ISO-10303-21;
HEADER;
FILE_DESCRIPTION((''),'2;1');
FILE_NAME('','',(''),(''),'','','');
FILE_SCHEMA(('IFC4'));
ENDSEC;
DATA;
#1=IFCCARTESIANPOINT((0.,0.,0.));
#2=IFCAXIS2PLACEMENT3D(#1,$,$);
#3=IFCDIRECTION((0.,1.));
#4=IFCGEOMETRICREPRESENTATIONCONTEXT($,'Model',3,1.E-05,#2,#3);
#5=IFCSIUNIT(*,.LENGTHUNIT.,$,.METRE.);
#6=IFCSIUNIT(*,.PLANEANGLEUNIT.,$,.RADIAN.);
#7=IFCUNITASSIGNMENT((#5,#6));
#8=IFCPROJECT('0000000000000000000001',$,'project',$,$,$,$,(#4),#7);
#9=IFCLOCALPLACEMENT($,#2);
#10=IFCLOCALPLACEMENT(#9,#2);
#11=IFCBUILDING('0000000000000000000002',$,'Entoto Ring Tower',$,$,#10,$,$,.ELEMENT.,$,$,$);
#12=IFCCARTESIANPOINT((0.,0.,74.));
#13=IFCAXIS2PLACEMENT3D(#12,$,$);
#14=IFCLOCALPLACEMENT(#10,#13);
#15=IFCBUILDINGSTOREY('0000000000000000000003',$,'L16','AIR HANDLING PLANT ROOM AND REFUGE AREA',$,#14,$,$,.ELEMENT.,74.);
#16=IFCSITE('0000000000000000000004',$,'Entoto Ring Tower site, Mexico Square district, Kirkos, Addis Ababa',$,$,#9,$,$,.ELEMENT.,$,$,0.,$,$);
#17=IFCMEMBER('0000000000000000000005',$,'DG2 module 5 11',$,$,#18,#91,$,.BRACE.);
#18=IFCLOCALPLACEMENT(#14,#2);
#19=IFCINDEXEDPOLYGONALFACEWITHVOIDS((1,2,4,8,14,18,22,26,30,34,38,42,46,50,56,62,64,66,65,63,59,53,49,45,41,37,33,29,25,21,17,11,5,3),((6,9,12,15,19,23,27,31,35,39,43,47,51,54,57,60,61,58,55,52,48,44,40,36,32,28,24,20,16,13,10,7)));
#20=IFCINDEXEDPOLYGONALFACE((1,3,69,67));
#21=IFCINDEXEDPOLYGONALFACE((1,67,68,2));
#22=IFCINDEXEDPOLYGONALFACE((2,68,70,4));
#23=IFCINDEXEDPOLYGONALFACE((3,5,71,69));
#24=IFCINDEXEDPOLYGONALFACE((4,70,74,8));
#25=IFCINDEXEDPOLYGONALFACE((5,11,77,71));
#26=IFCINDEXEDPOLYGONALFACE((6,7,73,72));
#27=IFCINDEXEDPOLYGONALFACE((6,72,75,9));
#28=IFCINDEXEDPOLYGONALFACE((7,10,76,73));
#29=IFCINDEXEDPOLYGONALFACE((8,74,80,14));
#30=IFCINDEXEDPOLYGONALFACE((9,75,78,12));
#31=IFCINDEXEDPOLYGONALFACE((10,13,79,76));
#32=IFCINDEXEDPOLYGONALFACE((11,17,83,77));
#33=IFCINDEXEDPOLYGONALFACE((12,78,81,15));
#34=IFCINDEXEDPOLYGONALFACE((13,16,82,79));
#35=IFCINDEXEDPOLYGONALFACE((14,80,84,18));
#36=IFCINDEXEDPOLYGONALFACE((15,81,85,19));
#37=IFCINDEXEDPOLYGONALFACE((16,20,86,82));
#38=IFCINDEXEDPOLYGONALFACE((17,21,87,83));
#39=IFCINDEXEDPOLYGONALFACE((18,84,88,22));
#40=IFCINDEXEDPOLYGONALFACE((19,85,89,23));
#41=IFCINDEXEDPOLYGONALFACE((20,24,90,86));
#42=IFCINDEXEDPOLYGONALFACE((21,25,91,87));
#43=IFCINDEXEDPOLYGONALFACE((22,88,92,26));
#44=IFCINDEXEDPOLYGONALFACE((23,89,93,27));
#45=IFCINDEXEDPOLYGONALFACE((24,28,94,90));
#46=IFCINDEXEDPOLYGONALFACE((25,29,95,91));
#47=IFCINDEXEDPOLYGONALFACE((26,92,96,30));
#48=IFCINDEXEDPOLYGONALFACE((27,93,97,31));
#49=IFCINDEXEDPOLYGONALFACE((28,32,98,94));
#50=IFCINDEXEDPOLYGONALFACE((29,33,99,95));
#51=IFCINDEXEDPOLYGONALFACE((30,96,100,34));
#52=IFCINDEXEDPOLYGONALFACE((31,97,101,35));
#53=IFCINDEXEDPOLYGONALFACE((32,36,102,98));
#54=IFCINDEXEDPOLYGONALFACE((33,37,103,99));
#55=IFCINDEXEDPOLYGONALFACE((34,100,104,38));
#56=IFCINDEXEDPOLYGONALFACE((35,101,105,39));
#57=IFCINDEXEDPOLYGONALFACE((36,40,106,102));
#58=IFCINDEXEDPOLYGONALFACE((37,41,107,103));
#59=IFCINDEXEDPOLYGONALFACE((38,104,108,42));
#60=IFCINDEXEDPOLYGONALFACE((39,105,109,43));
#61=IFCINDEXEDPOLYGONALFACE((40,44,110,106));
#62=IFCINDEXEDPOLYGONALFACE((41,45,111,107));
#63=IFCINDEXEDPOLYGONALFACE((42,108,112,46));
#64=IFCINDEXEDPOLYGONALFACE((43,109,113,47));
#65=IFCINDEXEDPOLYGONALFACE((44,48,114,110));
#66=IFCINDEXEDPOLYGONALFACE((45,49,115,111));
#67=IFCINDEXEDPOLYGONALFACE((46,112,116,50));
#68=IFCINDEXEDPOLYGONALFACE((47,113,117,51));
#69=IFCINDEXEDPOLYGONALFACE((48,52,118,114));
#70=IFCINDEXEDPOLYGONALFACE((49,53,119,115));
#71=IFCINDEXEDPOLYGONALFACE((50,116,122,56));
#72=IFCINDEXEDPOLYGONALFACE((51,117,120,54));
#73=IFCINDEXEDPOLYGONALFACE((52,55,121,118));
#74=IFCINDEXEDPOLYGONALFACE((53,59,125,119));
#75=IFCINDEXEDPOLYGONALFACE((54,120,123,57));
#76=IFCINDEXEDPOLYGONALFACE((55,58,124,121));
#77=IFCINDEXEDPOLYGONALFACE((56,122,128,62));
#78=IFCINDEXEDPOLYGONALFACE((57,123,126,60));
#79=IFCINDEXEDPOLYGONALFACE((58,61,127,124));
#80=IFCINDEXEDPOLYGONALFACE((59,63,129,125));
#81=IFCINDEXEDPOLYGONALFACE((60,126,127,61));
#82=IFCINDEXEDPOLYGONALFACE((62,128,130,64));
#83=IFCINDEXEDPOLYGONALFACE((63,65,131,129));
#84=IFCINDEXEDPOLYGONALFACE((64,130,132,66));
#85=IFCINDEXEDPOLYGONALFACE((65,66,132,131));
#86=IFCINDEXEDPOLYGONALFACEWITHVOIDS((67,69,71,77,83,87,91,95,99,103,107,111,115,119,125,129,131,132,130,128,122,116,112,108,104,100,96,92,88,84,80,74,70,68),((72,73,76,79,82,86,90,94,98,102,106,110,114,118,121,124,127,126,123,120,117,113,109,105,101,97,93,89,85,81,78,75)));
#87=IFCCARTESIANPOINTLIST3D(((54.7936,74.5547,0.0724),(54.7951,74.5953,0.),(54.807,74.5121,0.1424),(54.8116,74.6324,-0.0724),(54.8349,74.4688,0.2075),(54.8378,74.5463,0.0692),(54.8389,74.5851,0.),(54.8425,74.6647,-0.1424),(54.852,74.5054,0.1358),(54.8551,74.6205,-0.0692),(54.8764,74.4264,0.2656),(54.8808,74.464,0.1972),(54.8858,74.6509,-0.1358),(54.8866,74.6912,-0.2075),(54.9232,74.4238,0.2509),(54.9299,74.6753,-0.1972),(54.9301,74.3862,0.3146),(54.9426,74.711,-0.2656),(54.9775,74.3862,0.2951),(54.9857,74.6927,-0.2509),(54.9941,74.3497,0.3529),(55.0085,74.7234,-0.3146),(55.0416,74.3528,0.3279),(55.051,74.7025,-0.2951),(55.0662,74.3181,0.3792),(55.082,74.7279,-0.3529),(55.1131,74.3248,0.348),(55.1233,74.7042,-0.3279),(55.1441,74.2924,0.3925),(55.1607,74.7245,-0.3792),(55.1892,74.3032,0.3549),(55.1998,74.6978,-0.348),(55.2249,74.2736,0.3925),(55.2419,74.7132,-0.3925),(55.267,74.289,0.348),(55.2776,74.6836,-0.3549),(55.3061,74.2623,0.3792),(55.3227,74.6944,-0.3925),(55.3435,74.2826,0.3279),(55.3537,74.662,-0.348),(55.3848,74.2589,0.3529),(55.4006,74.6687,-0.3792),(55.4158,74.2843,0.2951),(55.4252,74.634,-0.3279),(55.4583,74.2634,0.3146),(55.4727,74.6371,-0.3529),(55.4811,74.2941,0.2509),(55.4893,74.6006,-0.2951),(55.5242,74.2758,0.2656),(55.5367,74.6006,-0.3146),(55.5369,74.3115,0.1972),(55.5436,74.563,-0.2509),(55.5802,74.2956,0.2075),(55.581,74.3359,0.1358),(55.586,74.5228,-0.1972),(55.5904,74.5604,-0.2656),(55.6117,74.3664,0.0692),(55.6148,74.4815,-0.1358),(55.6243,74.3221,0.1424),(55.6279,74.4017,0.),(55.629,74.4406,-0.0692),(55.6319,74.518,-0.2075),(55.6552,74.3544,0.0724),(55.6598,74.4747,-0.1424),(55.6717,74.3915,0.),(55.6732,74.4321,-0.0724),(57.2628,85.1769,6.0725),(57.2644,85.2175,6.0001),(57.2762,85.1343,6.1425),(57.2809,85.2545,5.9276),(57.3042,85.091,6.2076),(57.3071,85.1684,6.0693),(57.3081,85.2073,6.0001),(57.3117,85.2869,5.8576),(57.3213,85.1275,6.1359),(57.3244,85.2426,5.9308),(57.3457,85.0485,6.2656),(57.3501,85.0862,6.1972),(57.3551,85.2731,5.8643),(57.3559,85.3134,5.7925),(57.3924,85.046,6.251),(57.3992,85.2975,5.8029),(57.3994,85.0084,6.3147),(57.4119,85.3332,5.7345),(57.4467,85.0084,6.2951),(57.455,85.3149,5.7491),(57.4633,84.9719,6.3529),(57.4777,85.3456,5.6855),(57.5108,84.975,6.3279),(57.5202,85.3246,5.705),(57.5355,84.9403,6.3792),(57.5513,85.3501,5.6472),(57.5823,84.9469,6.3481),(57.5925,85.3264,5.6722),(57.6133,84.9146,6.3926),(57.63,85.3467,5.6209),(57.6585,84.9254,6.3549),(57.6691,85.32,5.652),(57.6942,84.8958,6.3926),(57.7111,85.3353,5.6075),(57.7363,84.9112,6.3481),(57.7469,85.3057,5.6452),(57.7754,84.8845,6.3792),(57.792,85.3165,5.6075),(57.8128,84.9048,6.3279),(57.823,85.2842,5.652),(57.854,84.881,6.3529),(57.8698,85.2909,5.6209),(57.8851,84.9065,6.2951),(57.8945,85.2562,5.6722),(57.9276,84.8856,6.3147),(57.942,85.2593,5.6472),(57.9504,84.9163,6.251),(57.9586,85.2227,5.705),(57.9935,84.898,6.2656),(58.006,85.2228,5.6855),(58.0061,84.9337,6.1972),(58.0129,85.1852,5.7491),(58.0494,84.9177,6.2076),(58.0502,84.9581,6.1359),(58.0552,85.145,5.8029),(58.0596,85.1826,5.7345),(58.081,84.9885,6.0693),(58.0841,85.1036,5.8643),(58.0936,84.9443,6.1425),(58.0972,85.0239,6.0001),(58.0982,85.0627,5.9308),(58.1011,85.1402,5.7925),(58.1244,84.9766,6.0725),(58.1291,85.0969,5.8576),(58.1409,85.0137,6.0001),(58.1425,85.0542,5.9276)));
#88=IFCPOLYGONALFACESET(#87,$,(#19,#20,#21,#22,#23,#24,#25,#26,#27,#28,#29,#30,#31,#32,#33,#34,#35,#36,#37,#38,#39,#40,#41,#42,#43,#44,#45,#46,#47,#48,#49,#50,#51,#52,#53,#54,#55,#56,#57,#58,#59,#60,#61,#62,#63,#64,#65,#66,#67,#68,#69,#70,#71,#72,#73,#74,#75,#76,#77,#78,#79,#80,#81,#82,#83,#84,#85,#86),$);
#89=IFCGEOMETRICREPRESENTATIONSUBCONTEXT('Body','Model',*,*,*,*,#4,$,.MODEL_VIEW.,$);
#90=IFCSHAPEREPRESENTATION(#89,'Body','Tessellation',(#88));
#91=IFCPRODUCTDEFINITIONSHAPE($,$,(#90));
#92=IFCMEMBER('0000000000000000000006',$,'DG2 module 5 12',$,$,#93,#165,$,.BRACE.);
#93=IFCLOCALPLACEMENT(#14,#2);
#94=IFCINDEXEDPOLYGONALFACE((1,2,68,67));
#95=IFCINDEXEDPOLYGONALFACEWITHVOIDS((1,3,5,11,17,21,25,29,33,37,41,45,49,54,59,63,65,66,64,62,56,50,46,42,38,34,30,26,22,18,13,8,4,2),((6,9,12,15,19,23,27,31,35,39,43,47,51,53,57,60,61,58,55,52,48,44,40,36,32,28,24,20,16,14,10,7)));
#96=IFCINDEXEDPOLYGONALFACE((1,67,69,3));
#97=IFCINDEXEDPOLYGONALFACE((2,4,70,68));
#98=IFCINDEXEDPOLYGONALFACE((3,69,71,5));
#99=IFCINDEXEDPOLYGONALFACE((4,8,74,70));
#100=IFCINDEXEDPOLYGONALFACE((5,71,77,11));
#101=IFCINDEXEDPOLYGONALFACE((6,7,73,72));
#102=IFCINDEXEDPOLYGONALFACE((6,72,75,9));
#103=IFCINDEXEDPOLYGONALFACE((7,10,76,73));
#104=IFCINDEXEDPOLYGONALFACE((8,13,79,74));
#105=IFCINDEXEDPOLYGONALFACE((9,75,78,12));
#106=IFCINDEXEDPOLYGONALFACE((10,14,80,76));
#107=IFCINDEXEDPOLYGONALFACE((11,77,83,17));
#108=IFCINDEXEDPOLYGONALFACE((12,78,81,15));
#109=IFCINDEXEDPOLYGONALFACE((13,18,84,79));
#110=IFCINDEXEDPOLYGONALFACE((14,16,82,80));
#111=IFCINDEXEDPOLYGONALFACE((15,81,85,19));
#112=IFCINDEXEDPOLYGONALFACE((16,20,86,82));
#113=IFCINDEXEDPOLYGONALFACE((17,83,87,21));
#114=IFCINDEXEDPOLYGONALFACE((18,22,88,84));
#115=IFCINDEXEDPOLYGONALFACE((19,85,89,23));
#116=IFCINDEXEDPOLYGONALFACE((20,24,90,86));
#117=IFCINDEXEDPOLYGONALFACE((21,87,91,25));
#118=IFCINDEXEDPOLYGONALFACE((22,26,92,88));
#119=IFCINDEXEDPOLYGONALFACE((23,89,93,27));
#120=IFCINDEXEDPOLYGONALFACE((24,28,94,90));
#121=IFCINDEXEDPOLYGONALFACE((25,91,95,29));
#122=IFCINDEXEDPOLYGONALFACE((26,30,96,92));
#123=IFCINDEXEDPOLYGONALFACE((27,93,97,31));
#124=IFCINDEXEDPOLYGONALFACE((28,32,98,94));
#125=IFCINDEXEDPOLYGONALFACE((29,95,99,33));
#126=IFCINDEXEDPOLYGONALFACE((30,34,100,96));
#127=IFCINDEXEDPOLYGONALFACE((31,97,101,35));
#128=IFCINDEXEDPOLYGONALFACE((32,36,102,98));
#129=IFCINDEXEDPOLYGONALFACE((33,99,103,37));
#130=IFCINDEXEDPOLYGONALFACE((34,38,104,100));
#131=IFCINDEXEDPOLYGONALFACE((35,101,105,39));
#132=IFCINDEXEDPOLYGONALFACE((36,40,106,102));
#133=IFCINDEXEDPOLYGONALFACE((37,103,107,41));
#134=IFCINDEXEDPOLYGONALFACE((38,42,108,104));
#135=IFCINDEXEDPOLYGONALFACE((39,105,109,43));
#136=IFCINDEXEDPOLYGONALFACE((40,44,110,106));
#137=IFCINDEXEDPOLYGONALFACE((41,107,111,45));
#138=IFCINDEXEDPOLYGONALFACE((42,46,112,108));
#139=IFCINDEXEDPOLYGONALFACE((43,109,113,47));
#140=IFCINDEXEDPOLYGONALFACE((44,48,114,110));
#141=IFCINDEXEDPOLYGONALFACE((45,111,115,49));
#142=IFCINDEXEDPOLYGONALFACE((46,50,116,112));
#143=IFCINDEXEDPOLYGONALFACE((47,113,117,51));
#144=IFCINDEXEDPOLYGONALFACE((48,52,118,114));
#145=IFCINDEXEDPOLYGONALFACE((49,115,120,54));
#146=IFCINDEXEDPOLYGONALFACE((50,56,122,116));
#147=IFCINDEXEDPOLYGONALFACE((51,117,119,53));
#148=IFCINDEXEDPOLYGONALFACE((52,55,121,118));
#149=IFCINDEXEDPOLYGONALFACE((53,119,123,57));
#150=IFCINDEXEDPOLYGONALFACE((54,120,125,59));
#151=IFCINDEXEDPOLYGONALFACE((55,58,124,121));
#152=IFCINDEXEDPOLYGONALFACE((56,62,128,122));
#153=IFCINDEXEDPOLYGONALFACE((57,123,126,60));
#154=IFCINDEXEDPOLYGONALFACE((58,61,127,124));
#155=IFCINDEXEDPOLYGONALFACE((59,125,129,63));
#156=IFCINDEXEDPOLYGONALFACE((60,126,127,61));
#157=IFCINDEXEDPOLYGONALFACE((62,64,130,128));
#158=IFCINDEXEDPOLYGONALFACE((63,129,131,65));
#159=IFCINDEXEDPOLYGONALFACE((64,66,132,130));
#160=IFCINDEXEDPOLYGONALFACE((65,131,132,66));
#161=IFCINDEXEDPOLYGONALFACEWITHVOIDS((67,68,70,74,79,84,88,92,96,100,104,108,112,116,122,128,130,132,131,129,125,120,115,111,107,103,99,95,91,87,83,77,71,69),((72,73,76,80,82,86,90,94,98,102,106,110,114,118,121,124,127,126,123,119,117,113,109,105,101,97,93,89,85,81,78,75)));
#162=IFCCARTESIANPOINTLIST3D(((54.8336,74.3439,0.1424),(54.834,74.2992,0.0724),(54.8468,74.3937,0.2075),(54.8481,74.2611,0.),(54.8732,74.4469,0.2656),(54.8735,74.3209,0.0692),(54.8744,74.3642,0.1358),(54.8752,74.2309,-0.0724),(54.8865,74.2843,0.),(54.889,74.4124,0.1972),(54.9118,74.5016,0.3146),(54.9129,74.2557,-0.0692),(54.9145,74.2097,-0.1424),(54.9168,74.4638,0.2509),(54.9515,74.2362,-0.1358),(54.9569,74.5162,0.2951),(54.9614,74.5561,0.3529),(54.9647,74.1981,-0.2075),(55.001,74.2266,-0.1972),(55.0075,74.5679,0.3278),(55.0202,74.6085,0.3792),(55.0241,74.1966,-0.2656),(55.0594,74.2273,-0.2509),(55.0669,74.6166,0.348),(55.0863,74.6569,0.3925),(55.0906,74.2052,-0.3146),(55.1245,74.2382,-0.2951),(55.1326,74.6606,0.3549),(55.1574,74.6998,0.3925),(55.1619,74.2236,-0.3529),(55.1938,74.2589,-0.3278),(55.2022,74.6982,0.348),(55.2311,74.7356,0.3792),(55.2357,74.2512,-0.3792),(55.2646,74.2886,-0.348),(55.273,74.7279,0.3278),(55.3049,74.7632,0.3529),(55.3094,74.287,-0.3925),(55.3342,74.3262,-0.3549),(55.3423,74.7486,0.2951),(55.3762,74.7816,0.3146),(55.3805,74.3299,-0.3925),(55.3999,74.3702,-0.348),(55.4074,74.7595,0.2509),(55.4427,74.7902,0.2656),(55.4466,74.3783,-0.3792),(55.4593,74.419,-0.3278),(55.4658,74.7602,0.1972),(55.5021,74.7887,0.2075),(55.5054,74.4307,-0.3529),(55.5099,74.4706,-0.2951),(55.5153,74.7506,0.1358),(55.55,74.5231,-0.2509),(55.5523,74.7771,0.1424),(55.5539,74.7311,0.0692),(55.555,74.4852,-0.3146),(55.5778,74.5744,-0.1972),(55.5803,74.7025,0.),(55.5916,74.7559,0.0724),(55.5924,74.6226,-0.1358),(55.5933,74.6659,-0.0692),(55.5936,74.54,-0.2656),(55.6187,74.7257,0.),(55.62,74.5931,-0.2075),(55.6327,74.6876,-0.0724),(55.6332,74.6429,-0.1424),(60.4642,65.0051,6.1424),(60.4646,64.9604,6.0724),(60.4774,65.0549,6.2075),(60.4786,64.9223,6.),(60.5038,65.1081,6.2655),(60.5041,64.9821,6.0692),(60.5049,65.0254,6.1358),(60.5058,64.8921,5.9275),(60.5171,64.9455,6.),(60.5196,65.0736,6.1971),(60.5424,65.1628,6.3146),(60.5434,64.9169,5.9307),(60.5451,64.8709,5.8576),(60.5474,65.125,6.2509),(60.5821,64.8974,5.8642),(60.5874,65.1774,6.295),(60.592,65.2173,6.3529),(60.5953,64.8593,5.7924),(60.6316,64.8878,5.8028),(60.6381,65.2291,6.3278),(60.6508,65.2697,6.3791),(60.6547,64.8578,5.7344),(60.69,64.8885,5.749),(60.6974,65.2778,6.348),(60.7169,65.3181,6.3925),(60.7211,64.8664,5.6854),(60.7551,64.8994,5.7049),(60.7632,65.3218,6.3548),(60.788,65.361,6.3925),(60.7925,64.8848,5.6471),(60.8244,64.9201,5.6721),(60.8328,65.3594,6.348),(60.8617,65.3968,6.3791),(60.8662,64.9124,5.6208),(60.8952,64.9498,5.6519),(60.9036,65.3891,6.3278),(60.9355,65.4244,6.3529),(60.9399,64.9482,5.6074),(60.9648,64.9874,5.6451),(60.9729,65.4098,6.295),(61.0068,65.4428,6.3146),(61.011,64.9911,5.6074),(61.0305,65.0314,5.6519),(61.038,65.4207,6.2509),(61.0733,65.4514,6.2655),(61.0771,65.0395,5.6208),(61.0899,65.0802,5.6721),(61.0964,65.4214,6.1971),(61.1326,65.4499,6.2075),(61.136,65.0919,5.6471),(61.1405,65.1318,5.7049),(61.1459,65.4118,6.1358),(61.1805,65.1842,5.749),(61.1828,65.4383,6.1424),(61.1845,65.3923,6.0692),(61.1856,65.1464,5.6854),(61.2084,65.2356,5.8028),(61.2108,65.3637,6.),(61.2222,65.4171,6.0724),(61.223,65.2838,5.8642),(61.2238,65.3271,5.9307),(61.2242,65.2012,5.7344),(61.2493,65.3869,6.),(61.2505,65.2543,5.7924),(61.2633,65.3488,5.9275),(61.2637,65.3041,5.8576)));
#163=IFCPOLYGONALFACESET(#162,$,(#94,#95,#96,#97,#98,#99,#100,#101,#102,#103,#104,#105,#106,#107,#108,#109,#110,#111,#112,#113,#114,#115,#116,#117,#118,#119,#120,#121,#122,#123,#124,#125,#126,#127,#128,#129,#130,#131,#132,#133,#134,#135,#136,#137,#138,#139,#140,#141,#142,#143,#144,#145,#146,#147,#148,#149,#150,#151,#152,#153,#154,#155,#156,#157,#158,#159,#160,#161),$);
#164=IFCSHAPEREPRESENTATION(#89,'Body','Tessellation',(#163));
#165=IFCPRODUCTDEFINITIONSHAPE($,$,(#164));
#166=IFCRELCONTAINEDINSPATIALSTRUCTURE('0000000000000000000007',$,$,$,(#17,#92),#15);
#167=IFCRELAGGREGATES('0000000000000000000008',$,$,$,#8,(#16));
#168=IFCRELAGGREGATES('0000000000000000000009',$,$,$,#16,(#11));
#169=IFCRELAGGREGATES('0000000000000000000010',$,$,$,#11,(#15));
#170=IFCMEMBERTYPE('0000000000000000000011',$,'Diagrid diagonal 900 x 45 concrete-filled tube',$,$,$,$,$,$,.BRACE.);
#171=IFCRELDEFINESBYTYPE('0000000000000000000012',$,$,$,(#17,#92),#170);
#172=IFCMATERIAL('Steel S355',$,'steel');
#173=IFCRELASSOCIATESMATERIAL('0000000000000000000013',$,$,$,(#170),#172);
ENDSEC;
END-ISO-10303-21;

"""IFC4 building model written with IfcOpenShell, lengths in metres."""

from ifc_helpers import new_model, si_unit, direction, frame, origin, origin_2d, place, context, subcontext, project, spatial, circle, hollow_circle, extrude, material, material_profile, profile_set, type_object, element, save


model = new_model("IFC4")

# Units and contexts
model_context = context("Model", 3, precision=1e-05, world=origin(), true_north=direction((0.0, 1.0)))
body_context = subcontext(model_context, "Body", "Model", "MODEL_VIEW")
ifc_project = project(units=[si_unit("LENGTHUNIT", "METRE"), si_unit("PLANEANGLEUNIT", "RADIAN")], contexts=[model_context])

# Site, building, storey
site_placement = place(None, origin())
site = spatial("IfcSite", under=ifc_project, at=site_placement, Name="Entoto Ring Tower site, Mexico Square district, Kirkos, Addis Ababa", CompositionType="ELEMENT", RefElevation=0.0)
building_placement = place(site_placement, origin())
building = spatial("IfcBuilding", under=site, at=building_placement, Name="Entoto Ring Tower", CompositionType="ELEMENT")
storey_placement = place(building_placement, frame((0.0, 0.0, 74.0)))
storey = spatial("IfcBuildingStorey", under=building, at=storey_placement, Name="L16", Description="AIR HANDLING PLANT ROOM AND REFUGE AREA", CompositionType="ELEMENT", Elevation=74.0)

# Members
ifc_material_1 = material(Name="Steel S355", Category="steel")
ifc_material_profile_1 = material_profile(ifc_material_1, hollow_circle(Radius=0.45, WallThickness=0.0449, at=origin_2d()), Name="CHS 900 x 45")
ifc_material_2 = material(Name="Concrete C60/75", Category="concrete")
ifc_material_profile_2 = material_profile(ifc_material_2, circle(Radius=0.405, at=origin_2d()), Name="Concrete C60/75 infill")
ifc_profile_set_1 = profile_set([ifc_material_profile_1, ifc_material_profile_2], Name="Steel S355")
member_type_1 = type_object("IfcMemberType", Name="Diagrid diagonal 900 x 45 concrete-filled tube", PredefinedType="BRACE", material=ifc_profile_set_1)
member_1_placement = place(storey_placement, frame((55.2334, 74.4934, 0.0), z_axis=(0.198382, 0.85339, 0.482047), x_axis=(-0.974028, 0.226426, 0.0)))
element("IfcMember", 1, at=member_1_placement, inside=storey, type_object=member_type_1, Name="DG2 module 5 11", PredefinedType="BRACE", context=body_context, shape_type="SweptSolid", body=[
    extrude(hollow_circle(Radius=0.45, WallThickness=0.0449, at=origin_2d()), origin(), (0.0, 0.0, 1.0), 12.447),
])
member_2_placement = place(storey_placement, frame((55.2334, 74.4934, 0.0), z_axis=(0.452381, -0.750314, 0.482059), x_axis=(0.856387, 0.516335, 0.0)))
element("IfcMember", 2, at=member_2_placement, inside=storey, type_object=member_type_1, Name="DG2 module 5 12", PredefinedType="BRACE", context=body_context, shape_type="SweptSolid", body=[
    extrude(hollow_circle(Radius=0.45, WallThickness=0.0449, at=origin_2d()), origin(), (0.0, 0.0, 1.0), 12.4465),
])

save(model, "model.ifc")
